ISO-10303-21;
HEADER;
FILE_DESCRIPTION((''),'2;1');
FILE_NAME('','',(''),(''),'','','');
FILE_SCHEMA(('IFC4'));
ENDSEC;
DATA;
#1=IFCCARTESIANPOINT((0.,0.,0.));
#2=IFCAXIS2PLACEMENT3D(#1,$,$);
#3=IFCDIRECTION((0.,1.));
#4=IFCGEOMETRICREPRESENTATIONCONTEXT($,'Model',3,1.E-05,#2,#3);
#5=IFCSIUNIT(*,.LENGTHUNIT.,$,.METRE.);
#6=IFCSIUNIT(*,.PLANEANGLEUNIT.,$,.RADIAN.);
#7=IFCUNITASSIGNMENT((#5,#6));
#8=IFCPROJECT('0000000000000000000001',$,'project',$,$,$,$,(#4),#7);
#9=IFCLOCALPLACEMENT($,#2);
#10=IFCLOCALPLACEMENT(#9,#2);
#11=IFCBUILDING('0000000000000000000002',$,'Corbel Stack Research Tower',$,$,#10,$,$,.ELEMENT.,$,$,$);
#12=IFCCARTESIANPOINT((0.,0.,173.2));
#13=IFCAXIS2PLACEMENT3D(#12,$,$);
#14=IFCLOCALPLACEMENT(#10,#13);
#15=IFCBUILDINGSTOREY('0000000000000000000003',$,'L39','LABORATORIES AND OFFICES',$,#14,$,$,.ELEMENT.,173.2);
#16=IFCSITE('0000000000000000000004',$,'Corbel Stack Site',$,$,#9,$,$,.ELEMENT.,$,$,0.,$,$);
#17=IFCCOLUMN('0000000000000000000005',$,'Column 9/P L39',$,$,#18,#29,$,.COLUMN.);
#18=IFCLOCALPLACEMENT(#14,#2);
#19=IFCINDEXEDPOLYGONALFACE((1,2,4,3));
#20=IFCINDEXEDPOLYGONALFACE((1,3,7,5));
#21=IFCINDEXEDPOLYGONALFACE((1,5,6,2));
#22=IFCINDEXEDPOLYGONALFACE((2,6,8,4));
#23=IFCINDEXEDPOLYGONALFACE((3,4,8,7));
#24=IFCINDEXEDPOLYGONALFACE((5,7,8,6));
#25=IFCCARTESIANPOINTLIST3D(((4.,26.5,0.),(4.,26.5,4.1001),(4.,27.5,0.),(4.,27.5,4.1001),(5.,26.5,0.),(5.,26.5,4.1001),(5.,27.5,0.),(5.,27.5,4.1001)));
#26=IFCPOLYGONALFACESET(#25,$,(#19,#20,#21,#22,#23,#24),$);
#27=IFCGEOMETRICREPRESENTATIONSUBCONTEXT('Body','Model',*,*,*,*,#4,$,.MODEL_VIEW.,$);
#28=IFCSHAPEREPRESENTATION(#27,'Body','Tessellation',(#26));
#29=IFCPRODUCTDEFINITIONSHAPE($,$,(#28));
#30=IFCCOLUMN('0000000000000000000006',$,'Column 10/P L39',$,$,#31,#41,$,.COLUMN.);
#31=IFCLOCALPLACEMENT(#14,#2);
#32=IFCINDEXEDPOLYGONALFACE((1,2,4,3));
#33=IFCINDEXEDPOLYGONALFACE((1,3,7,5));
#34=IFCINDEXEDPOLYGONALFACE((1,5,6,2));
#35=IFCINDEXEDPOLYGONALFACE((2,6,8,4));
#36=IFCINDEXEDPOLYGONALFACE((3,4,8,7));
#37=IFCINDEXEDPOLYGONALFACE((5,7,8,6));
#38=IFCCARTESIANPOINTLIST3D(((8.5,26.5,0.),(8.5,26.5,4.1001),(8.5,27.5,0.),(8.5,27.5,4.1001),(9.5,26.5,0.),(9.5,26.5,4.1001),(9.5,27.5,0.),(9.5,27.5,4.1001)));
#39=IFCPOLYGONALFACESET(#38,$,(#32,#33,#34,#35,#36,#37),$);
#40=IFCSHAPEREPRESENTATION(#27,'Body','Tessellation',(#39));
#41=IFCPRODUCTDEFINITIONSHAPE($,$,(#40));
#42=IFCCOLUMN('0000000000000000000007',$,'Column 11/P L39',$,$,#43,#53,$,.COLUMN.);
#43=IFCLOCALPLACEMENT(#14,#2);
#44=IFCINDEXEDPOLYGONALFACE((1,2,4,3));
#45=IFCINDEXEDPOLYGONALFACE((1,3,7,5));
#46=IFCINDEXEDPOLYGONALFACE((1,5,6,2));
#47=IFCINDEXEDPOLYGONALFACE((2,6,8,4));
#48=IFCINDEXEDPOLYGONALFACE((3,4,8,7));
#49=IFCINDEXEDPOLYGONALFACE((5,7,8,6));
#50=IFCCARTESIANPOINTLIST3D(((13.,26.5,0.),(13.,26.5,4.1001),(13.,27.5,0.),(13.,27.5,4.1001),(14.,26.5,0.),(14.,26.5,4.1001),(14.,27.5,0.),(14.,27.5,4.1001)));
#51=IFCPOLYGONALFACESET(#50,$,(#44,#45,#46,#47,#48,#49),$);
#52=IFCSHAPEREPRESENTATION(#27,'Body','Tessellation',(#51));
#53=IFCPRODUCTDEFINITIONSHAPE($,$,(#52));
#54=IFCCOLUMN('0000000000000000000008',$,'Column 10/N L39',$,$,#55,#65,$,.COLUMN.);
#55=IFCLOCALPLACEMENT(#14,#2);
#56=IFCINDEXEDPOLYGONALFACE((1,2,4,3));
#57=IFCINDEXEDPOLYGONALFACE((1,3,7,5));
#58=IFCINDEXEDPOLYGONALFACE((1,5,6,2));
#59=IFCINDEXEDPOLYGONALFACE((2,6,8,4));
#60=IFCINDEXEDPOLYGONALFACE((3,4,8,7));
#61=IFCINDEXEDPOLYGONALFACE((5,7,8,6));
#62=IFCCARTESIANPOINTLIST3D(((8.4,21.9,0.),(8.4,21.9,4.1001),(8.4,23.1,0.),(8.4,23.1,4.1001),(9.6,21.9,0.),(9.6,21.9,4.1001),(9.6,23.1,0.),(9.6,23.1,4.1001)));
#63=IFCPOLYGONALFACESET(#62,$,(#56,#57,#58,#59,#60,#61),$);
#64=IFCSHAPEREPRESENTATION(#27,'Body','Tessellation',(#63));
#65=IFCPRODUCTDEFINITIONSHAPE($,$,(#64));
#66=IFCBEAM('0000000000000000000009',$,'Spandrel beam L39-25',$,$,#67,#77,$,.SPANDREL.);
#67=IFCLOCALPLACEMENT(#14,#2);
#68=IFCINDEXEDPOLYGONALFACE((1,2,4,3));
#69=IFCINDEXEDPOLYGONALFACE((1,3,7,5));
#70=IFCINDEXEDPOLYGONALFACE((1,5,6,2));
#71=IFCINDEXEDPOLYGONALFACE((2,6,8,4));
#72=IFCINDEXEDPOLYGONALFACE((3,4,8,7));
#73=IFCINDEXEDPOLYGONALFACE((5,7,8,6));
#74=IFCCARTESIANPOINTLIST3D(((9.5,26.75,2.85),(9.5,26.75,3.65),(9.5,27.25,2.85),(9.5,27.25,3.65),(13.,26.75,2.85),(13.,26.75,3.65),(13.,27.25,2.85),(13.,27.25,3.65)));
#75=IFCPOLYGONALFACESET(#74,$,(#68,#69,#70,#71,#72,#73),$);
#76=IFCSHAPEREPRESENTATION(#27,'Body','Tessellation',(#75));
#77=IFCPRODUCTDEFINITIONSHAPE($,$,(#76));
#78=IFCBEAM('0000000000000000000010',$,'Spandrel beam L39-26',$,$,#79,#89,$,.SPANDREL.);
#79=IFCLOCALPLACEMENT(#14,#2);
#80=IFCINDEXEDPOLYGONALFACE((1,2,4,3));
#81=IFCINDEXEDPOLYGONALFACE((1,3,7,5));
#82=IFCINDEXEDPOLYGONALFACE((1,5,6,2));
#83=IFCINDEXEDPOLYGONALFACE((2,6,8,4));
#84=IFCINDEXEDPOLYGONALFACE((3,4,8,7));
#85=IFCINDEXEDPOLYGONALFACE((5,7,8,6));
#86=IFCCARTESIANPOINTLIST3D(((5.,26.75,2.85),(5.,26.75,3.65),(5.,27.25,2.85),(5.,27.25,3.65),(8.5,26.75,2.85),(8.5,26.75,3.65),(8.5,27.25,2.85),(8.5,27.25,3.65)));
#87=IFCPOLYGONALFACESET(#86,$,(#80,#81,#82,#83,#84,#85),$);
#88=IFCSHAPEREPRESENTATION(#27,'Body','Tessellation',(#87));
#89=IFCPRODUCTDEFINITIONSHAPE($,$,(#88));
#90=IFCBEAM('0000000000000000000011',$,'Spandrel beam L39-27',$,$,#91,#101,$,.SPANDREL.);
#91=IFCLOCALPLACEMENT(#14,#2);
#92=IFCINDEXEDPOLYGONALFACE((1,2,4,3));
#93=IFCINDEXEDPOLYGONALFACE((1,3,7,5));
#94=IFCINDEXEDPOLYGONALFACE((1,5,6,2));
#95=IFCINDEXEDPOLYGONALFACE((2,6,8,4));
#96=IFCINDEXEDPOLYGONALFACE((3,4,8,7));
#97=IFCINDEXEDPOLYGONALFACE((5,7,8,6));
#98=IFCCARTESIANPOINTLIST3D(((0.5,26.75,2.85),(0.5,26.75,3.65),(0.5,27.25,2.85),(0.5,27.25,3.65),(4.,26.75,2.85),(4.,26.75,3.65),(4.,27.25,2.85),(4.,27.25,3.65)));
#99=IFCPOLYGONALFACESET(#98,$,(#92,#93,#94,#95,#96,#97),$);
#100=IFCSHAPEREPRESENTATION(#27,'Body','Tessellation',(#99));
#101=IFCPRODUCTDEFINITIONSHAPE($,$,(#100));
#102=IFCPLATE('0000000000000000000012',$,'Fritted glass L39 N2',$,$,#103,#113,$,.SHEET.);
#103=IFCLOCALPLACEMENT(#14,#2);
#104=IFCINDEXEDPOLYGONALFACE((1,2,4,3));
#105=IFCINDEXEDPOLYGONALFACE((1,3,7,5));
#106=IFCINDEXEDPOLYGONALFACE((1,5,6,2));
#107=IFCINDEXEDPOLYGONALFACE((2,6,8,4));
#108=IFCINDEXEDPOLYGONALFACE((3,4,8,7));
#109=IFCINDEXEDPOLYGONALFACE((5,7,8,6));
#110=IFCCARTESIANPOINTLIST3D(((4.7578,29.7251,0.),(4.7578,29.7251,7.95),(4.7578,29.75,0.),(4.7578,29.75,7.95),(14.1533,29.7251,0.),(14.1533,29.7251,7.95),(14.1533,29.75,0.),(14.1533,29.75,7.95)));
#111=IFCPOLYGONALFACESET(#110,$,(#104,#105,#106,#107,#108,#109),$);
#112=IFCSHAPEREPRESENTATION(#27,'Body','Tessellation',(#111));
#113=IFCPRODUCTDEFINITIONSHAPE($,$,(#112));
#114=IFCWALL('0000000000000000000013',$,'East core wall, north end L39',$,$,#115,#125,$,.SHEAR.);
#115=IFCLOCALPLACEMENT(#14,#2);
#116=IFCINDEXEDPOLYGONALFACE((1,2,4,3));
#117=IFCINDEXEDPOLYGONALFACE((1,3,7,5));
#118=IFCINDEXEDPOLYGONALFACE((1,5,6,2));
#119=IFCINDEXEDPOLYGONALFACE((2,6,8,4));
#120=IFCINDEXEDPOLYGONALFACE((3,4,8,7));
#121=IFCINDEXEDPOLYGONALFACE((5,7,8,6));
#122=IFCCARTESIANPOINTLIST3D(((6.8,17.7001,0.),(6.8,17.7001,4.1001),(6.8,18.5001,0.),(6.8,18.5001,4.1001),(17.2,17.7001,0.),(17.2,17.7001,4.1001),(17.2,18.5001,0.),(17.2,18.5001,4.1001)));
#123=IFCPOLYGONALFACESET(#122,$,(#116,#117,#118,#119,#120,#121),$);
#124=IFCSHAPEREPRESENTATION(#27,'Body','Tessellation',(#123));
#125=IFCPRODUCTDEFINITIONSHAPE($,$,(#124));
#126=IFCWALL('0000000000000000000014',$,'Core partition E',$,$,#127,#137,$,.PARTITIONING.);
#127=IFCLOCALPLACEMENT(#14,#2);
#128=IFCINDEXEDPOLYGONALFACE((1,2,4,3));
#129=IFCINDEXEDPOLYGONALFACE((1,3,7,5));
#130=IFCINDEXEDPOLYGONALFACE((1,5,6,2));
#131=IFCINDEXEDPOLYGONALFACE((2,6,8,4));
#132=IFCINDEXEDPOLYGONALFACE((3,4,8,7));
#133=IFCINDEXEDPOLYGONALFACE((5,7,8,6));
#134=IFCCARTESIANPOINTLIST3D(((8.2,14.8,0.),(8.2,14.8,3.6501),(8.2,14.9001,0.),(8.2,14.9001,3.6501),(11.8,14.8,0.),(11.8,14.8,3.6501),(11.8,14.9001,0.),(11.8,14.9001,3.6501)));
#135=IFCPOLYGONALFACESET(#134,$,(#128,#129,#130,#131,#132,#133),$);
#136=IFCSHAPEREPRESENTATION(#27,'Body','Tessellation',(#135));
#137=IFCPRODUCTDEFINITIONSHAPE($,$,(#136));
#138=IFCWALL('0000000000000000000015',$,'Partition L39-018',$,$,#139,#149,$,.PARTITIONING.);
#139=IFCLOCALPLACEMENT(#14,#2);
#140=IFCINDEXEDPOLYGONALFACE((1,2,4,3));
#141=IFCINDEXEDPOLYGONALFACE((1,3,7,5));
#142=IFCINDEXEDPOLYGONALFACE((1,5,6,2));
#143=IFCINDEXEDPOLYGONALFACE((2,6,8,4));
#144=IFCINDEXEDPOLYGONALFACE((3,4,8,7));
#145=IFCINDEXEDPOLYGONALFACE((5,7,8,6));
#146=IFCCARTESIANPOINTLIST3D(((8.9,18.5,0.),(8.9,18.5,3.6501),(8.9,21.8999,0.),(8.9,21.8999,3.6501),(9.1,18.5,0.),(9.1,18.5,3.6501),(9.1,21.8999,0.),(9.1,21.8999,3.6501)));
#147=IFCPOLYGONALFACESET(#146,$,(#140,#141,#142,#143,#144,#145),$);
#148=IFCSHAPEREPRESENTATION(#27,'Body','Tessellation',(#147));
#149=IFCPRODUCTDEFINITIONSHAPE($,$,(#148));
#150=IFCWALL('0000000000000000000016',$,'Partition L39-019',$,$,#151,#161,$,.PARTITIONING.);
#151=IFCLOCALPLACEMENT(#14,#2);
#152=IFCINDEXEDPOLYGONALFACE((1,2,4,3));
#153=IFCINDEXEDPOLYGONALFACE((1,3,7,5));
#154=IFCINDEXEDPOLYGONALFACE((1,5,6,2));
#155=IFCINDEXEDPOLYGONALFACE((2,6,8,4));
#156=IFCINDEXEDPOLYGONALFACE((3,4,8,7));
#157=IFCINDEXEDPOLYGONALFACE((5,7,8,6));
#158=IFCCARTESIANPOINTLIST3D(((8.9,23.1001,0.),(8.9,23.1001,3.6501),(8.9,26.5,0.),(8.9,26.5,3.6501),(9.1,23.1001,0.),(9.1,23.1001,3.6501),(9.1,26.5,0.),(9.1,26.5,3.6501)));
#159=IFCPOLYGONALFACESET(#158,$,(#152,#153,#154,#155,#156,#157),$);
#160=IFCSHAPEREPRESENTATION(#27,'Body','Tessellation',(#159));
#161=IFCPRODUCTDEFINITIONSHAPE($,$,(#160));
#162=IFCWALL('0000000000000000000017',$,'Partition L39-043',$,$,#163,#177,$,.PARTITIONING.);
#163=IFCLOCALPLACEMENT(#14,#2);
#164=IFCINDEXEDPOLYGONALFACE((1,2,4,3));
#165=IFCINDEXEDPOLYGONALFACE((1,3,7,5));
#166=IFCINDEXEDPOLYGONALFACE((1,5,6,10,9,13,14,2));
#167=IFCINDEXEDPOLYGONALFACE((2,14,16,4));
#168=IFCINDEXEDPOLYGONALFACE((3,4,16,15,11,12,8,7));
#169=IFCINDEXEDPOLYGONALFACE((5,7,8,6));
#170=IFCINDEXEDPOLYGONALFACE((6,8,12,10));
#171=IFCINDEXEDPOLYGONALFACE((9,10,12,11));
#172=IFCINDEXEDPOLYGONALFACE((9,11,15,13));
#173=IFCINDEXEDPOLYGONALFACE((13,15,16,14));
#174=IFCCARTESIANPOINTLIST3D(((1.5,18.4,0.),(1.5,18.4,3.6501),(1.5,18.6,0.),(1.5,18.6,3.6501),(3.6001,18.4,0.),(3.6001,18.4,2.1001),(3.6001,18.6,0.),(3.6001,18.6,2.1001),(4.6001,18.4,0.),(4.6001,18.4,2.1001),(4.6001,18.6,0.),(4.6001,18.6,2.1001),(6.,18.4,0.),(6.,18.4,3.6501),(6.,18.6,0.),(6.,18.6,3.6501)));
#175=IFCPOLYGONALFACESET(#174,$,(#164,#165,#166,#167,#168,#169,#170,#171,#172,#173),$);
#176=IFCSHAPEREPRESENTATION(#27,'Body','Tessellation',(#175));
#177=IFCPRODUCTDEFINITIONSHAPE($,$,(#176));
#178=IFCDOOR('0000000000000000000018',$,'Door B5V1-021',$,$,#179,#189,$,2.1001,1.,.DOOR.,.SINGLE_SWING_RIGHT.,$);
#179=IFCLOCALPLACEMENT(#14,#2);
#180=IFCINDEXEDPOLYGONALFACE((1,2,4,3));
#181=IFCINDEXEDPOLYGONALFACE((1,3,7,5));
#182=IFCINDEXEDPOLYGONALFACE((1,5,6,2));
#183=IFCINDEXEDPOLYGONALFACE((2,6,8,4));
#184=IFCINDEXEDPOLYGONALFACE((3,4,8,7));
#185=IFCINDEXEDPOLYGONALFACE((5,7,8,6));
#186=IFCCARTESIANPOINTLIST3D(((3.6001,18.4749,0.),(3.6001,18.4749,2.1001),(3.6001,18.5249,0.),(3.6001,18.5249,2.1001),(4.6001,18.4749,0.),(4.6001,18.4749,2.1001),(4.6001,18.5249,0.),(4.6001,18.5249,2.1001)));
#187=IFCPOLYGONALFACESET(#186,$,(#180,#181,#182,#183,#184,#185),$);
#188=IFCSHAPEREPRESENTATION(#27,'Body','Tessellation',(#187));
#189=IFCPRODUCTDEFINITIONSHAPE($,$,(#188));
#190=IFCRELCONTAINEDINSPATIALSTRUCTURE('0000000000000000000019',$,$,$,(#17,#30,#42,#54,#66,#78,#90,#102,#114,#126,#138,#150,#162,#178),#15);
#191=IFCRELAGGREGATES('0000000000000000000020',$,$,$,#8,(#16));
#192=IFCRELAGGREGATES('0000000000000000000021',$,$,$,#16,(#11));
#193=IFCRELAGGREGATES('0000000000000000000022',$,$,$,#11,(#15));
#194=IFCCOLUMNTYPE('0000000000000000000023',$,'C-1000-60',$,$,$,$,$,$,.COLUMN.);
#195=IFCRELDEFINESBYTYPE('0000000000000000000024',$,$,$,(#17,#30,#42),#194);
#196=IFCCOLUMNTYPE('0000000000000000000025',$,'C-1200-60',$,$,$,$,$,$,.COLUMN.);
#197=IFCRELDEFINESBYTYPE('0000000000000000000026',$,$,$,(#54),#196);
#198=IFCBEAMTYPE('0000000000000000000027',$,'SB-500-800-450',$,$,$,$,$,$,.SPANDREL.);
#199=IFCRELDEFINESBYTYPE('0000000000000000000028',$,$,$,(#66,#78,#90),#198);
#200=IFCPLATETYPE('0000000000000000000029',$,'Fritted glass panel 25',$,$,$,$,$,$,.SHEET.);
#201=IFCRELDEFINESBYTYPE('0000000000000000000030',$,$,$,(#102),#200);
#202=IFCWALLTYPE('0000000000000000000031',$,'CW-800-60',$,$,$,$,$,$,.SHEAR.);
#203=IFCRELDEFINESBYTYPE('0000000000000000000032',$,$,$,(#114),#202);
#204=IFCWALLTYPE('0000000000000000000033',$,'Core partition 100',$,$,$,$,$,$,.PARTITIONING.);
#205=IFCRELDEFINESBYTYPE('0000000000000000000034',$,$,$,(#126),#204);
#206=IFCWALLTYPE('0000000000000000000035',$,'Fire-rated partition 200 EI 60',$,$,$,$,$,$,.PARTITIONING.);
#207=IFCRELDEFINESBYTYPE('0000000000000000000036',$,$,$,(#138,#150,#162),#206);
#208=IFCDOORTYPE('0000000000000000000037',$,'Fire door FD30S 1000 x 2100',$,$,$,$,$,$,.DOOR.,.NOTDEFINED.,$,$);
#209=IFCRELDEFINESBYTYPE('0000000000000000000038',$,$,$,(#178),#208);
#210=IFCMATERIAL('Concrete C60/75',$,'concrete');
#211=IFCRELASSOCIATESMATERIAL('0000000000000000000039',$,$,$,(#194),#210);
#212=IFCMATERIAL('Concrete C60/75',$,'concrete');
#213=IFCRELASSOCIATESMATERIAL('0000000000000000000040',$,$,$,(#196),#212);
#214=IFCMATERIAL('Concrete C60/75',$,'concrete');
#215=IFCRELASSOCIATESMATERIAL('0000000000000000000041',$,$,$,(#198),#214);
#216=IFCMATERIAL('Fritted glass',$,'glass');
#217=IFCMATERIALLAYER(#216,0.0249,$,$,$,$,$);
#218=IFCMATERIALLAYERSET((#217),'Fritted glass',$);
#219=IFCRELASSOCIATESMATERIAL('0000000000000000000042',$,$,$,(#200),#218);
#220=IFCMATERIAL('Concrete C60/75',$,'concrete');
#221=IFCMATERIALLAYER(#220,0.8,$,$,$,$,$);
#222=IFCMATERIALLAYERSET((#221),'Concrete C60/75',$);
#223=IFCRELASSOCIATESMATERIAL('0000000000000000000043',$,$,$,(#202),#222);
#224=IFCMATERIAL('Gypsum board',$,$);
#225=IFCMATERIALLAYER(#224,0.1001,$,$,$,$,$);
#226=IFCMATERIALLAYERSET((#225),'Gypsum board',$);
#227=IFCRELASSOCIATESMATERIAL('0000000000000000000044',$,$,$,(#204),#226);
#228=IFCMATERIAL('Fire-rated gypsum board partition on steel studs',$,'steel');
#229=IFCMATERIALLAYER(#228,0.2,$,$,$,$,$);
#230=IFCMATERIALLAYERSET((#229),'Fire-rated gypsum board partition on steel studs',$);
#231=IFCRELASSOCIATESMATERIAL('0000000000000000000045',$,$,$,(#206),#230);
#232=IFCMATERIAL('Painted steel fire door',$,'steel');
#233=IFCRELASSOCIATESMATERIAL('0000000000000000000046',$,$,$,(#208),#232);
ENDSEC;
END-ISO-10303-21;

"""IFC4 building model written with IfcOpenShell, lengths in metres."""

from ifc_helpers import new_model, si_unit, direction, frame, frame_2d, origin, origin_2d, place, context, subcontext, project, spatial, rectangle, extrude, material, layer, layer_set, material_profile, profile_set, type_object, element, fill, save


model = new_model("IFC4")

# Units and contexts
model_context = context("Model", 3, precision=1e-05, world=origin(), true_north=direction((0.0, 1.0)))
body_context = subcontext(model_context, "Body", "Model", "MODEL_VIEW")
ifc_project = project(units=[si_unit("LENGTHUNIT", "METRE"), si_unit("PLANEANGLEUNIT", "RADIAN")], contexts=[model_context])

# Site, building, storey
site_placement = place(None, origin())
site = spatial("IfcSite", under=ifc_project, at=site_placement, Name="Corbel Stack Site", CompositionType="ELEMENT", RefElevation=0.0)
building_placement = place(site_placement, origin())
building = spatial("IfcBuilding", under=site, at=building_placement, Name="Corbel Stack Research Tower", CompositionType="ELEMENT")
storey_placement = place(building_placement, frame((0.0, 0.0, 173.2)))
storey = spatial("IfcBuildingStorey", under=building, at=storey_placement, Name="L39", Description="LABORATORIES AND OFFICES", CompositionType="ELEMENT", Elevation=173.2)

# Columns
ifc_material_1 = material(Name="Concrete C60/75", Category="concrete")
ifc_material_profile_1 = material_profile(ifc_material_1, rectangle(XDim=1.0, YDim=1.0, at=origin_2d()), Name="RC 1000 x 1000")
ifc_profile_set_1 = profile_set([ifc_material_profile_1], Name="Concrete C60/75")
column_type_1 = type_object("IfcColumnType", Name="C-1000-60", PredefinedType="COLUMN", material=ifc_profile_set_1)
for number, where, z_axis, x_axis, name in (
    (1, (4.5, 27.0, 0.0), (0.0, 0.0, 1.0), (1.0, 0.0, 0.0), "Column 9/P L39"),
    (2, (9.0, 27.0, 0.0), (0.0, 0.0, 1.0), (1.0, 0.0, 0.0), "Column 10/P L39"),
    (3, (13.5, 27.0, 0.0), (0.0, 0.0, 1.0), (1.0, 0.0, 0.0), "Column 11/P L39"),
):
    element("IfcColumn", number, at=place(storey_placement, frame(where, z_axis=z_axis, x_axis=x_axis)), inside=storey, type_object=column_type_1, Name=name, PredefinedType="COLUMN", context=body_context, shape_type="SweptSolid", body=[
        extrude(rectangle(XDim=1.0, YDim=1.0, at=origin_2d()), origin(), (0.0, 0.0, 1.0), 4.1001),
    ])
ifc_material_2 = material(Name="Concrete C60/75", Category="concrete")
ifc_material_profile_2 = material_profile(ifc_material_2, rectangle(XDim=1.2, YDim=1.2, at=origin_2d()), Name="RC 1200 x 1200")
ifc_profile_set_2 = profile_set([ifc_material_profile_2], Name="Concrete C60/75")
column_type_2 = type_object("IfcColumnType", Name="C-1200-60", PredefinedType="COLUMN", material=ifc_profile_set_2)
column_placement = place(storey_placement, frame((9.0, 22.5, 0.0), z_axis=(0.0, 0.0, 1.0), x_axis=(1.0, 0.0, 0.0)))
element("IfcColumn", 4, at=column_placement, inside=storey, type_object=column_type_2, Name="Column 10/N L39", PredefinedType="COLUMN", context=body_context, shape_type="SweptSolid", body=[
    extrude(rectangle(XDim=1.2, YDim=1.2, at=origin_2d()), origin(), (0.0, 0.0, 1.0), 4.1001),
])

# Beams
ifc_material_3 = material(Name="Concrete C60/75", Category="concrete")
ifc_material_profile_3 = material_profile(ifc_material_3, rectangle(XDim=0.5, YDim=0.8, at=origin_2d()), Name="RC 500 x 800")
ifc_profile_set_3 = profile_set([ifc_material_profile_3], Name="Concrete C60/75")
beam_type = type_object("IfcBeamType", Name="SB-500-800-450", PredefinedType="SPANDREL", material=ifc_profile_set_3)
for number, where, z_axis, x_axis, name in (
    (5, (13.0, 27.0, 3.25), (-1.0, 0.0, 0.0), (0.0, -1.0, 0.0), "Spandrel beam L39-25"),
    (6, (8.5, 27.0, 3.25), (-1.0, 0.0, 0.0), (0.0, -1.0, 0.0), "Spandrel beam L39-26"),
    (7, (4.0, 27.0, 3.25), (-1.0, 0.0, 0.0), (0.0, -1.0, 0.0), "Spandrel beam L39-27"),
):
    element("IfcBeam", number, at=place(storey_placement, frame(where, z_axis=z_axis, x_axis=x_axis)), inside=storey, type_object=beam_type, Name=name, PredefinedType="SPANDREL", context=body_context, shape_type="SweptSolid", body=[
        extrude(rectangle(XDim=0.5, YDim=0.8, at=origin_2d()), origin(), (0.0, 0.0, 1.0), 3.5),
    ])

# Plate
ifc_material_4 = material(Name="Fritted glass", Category="glass")
ifc_layer_1 = layer(ifc_material_4, 0.0249)
ifc_layer_set_1 = layer_set([ifc_layer_1], Name="Fritted glass")
plate_type = type_object("IfcPlateType", Name="Fritted glass panel 25", PredefinedType="SHEET", material=ifc_layer_set_1)
plate_placement = place(storey_placement, frame((9.4556, 29.7375, 0.0), z_axis=(0.0, 0.0, 1.0), x_axis=(-1.0, 0.0, 0.0)))
element("IfcPlate", 8, at=plate_placement, inside=storey, type_object=plate_type, Name="Fritted glass L39 N2", PredefinedType="SHEET", context=body_context, shape_type="SweptSolid", body=[
    extrude(rectangle(XDim=9.3955, YDim=0.0249, at=origin_2d()), origin(), (0.0, 0.0, 1.0), 7.95),
])

# Walls
ifc_material_5 = material(Name="Concrete C60/75", Category="concrete")
ifc_layer_2 = layer(ifc_material_5, 0.8)
ifc_layer_set_2 = layer_set([ifc_layer_2], Name="Concrete C60/75")
wall_type_1 = type_object("IfcWallType", Name="CW-800-60", PredefinedType="SHEAR", material=ifc_layer_set_2)
wall_1_placement = place(storey_placement, frame((6.8, 18.1001, 0.0), z_axis=(0.0, 0.0, 1.0), x_axis=(1.0, 0.0, 0.0)))
element("IfcWall", 9, at=wall_1_placement, inside=storey, type_object=wall_type_1, Name="East core wall, north end L39", PredefinedType="SHEAR", context=body_context, shape_type="SweptSolid", body=[
    extrude(rectangle(XDim=10.3999, YDim=0.8, at=frame_2d((5.2, 0.0))), origin(), (0.0, 0.0, 1.0), 4.1001),
])
ifc_material_6 = material(Name="Gypsum board")
ifc_layer_3 = layer(ifc_material_6, 0.1001)
ifc_layer_set_3 = layer_set([ifc_layer_3], Name="Gypsum board")
wall_type_2 = type_object("IfcWallType", Name="Core partition 100", PredefinedType="PARTITIONING", material=ifc_layer_set_3)
wall_2_placement = place(storey_placement, frame((8.2, 14.8501, 0.0), z_axis=(0.0, 0.0, 1.0), x_axis=(1.0, 0.0, 0.0)))
element("IfcWall", 10, at=wall_2_placement, inside=storey, type_object=wall_type_2, Name="Core partition E", PredefinedType="PARTITIONING", context=body_context, shape_type="SweptSolid", body=[
    extrude(rectangle(XDim=3.6001, YDim=0.1001, at=frame_2d((1.8, 0.0))), origin(), (0.0, 0.0, 1.0), 3.6501),
])
ifc_material_7 = material(Name="Fire-rated gypsum board partition on steel studs", Category="steel")
ifc_layer_4 = layer(ifc_material_7, 0.2)
ifc_layer_set_4 = layer_set([ifc_layer_4], Name="Fire-rated gypsum board partition on steel studs")
wall_type_3 = type_object("IfcWallType", Name="Fire-rated partition 200 EI 60", PredefinedType="PARTITIONING", material=ifc_layer_set_4)
for number, where, z_axis, x_axis, name in (
    (11, (9.0, 18.5, 0.0), (0.0, 0.0, 1.0), (0.0, 1.0, 0.0), "Partition L39-018"),
    (12, (9.0, 23.1001, 0.0), (0.0, 0.0, 1.0), (0.0, 1.0, 0.0), "Partition L39-019"),
):
    element("IfcWall", number, at=place(storey_placement, frame(where, z_axis=z_axis, x_axis=x_axis)), inside=storey, type_object=wall_type_3, Name=name, PredefinedType="PARTITIONING", context=body_context, shape_type="SweptSolid", body=[
        extrude(rectangle(XDim=3.3999, YDim=0.2, at=frame_2d((1.7, 0.0))), origin(), (0.0, 0.0, 1.0), 3.6501),
    ])

# Wall, opening, door
wall_3_placement = place(storey_placement, frame((1.5, 18.5, 0.0), z_axis=(0.0, 0.0, 1.0), x_axis=(1.0, 0.0, 0.0)))
wall_3 = element("IfcWall", 13, at=wall_3_placement, inside=storey, type_object=wall_type_3, Name="Partition L39-043", PredefinedType="PARTITIONING", context=body_context, shape_type="SweptSolid", body=[
    extrude(rectangle(XDim=4.5, YDim=0.2, at=frame_2d((2.25, 0.0))), origin(), (0.0, 0.0, 1.0), 3.6501),
])
opening_1_placement = place(wall_3_placement, frame((2.1001, 0.0, 0.0)))
opening_1 = element("IfcOpeningElement", 14, at=opening_1_placement, cuts=wall_3, PredefinedType="OPENING", context=body_context, shape_type="SweptSolid", body=[
    extrude(rectangle(XDim=1.0, YDim=2.1001, at=frame_2d((0.5, 1.05))), frame((0.0, 0.1099, 0.0), z_axis=(0.0, -1.0, 0.0), x_axis=(1.0, 0.0, 0.0)), (0.0, 0.0, 1.0), 0.22),
])
ifc_material_8 = material(Name="Painted steel fire door", Category="steel")
door_type_1 = type_object("IfcDoorType", Name="Fire door FD30S 1000 x 2100", OperationType="NOTDEFINED", PredefinedType="DOOR", material=ifc_material_8)
door_1_placement = place(opening_1_placement, origin())
door_1 = element("IfcDoor", 15, at=door_1_placement, inside=storey, type_object=door_type_1, Name="Door B5V1-021", OperationType="SINGLE_SWING_RIGHT", OverallHeight=2.1001, OverallWidth=1.0, PredefinedType="DOOR", context=body_context, shape_type="SweptSolid", body=[
    extrude(rectangle(XDim=1.0, YDim=2.1001, at=frame_2d((0.5, 1.05))), frame((0.0, 0.0249, 0.0), z_axis=(0.0, -1.0, 0.0), x_axis=(1.0, 0.0, 0.0)), (0.0, 0.0, 1.0), 0.05),
])
fill(opening_1, door_1)

save(model, "model.ifc")
